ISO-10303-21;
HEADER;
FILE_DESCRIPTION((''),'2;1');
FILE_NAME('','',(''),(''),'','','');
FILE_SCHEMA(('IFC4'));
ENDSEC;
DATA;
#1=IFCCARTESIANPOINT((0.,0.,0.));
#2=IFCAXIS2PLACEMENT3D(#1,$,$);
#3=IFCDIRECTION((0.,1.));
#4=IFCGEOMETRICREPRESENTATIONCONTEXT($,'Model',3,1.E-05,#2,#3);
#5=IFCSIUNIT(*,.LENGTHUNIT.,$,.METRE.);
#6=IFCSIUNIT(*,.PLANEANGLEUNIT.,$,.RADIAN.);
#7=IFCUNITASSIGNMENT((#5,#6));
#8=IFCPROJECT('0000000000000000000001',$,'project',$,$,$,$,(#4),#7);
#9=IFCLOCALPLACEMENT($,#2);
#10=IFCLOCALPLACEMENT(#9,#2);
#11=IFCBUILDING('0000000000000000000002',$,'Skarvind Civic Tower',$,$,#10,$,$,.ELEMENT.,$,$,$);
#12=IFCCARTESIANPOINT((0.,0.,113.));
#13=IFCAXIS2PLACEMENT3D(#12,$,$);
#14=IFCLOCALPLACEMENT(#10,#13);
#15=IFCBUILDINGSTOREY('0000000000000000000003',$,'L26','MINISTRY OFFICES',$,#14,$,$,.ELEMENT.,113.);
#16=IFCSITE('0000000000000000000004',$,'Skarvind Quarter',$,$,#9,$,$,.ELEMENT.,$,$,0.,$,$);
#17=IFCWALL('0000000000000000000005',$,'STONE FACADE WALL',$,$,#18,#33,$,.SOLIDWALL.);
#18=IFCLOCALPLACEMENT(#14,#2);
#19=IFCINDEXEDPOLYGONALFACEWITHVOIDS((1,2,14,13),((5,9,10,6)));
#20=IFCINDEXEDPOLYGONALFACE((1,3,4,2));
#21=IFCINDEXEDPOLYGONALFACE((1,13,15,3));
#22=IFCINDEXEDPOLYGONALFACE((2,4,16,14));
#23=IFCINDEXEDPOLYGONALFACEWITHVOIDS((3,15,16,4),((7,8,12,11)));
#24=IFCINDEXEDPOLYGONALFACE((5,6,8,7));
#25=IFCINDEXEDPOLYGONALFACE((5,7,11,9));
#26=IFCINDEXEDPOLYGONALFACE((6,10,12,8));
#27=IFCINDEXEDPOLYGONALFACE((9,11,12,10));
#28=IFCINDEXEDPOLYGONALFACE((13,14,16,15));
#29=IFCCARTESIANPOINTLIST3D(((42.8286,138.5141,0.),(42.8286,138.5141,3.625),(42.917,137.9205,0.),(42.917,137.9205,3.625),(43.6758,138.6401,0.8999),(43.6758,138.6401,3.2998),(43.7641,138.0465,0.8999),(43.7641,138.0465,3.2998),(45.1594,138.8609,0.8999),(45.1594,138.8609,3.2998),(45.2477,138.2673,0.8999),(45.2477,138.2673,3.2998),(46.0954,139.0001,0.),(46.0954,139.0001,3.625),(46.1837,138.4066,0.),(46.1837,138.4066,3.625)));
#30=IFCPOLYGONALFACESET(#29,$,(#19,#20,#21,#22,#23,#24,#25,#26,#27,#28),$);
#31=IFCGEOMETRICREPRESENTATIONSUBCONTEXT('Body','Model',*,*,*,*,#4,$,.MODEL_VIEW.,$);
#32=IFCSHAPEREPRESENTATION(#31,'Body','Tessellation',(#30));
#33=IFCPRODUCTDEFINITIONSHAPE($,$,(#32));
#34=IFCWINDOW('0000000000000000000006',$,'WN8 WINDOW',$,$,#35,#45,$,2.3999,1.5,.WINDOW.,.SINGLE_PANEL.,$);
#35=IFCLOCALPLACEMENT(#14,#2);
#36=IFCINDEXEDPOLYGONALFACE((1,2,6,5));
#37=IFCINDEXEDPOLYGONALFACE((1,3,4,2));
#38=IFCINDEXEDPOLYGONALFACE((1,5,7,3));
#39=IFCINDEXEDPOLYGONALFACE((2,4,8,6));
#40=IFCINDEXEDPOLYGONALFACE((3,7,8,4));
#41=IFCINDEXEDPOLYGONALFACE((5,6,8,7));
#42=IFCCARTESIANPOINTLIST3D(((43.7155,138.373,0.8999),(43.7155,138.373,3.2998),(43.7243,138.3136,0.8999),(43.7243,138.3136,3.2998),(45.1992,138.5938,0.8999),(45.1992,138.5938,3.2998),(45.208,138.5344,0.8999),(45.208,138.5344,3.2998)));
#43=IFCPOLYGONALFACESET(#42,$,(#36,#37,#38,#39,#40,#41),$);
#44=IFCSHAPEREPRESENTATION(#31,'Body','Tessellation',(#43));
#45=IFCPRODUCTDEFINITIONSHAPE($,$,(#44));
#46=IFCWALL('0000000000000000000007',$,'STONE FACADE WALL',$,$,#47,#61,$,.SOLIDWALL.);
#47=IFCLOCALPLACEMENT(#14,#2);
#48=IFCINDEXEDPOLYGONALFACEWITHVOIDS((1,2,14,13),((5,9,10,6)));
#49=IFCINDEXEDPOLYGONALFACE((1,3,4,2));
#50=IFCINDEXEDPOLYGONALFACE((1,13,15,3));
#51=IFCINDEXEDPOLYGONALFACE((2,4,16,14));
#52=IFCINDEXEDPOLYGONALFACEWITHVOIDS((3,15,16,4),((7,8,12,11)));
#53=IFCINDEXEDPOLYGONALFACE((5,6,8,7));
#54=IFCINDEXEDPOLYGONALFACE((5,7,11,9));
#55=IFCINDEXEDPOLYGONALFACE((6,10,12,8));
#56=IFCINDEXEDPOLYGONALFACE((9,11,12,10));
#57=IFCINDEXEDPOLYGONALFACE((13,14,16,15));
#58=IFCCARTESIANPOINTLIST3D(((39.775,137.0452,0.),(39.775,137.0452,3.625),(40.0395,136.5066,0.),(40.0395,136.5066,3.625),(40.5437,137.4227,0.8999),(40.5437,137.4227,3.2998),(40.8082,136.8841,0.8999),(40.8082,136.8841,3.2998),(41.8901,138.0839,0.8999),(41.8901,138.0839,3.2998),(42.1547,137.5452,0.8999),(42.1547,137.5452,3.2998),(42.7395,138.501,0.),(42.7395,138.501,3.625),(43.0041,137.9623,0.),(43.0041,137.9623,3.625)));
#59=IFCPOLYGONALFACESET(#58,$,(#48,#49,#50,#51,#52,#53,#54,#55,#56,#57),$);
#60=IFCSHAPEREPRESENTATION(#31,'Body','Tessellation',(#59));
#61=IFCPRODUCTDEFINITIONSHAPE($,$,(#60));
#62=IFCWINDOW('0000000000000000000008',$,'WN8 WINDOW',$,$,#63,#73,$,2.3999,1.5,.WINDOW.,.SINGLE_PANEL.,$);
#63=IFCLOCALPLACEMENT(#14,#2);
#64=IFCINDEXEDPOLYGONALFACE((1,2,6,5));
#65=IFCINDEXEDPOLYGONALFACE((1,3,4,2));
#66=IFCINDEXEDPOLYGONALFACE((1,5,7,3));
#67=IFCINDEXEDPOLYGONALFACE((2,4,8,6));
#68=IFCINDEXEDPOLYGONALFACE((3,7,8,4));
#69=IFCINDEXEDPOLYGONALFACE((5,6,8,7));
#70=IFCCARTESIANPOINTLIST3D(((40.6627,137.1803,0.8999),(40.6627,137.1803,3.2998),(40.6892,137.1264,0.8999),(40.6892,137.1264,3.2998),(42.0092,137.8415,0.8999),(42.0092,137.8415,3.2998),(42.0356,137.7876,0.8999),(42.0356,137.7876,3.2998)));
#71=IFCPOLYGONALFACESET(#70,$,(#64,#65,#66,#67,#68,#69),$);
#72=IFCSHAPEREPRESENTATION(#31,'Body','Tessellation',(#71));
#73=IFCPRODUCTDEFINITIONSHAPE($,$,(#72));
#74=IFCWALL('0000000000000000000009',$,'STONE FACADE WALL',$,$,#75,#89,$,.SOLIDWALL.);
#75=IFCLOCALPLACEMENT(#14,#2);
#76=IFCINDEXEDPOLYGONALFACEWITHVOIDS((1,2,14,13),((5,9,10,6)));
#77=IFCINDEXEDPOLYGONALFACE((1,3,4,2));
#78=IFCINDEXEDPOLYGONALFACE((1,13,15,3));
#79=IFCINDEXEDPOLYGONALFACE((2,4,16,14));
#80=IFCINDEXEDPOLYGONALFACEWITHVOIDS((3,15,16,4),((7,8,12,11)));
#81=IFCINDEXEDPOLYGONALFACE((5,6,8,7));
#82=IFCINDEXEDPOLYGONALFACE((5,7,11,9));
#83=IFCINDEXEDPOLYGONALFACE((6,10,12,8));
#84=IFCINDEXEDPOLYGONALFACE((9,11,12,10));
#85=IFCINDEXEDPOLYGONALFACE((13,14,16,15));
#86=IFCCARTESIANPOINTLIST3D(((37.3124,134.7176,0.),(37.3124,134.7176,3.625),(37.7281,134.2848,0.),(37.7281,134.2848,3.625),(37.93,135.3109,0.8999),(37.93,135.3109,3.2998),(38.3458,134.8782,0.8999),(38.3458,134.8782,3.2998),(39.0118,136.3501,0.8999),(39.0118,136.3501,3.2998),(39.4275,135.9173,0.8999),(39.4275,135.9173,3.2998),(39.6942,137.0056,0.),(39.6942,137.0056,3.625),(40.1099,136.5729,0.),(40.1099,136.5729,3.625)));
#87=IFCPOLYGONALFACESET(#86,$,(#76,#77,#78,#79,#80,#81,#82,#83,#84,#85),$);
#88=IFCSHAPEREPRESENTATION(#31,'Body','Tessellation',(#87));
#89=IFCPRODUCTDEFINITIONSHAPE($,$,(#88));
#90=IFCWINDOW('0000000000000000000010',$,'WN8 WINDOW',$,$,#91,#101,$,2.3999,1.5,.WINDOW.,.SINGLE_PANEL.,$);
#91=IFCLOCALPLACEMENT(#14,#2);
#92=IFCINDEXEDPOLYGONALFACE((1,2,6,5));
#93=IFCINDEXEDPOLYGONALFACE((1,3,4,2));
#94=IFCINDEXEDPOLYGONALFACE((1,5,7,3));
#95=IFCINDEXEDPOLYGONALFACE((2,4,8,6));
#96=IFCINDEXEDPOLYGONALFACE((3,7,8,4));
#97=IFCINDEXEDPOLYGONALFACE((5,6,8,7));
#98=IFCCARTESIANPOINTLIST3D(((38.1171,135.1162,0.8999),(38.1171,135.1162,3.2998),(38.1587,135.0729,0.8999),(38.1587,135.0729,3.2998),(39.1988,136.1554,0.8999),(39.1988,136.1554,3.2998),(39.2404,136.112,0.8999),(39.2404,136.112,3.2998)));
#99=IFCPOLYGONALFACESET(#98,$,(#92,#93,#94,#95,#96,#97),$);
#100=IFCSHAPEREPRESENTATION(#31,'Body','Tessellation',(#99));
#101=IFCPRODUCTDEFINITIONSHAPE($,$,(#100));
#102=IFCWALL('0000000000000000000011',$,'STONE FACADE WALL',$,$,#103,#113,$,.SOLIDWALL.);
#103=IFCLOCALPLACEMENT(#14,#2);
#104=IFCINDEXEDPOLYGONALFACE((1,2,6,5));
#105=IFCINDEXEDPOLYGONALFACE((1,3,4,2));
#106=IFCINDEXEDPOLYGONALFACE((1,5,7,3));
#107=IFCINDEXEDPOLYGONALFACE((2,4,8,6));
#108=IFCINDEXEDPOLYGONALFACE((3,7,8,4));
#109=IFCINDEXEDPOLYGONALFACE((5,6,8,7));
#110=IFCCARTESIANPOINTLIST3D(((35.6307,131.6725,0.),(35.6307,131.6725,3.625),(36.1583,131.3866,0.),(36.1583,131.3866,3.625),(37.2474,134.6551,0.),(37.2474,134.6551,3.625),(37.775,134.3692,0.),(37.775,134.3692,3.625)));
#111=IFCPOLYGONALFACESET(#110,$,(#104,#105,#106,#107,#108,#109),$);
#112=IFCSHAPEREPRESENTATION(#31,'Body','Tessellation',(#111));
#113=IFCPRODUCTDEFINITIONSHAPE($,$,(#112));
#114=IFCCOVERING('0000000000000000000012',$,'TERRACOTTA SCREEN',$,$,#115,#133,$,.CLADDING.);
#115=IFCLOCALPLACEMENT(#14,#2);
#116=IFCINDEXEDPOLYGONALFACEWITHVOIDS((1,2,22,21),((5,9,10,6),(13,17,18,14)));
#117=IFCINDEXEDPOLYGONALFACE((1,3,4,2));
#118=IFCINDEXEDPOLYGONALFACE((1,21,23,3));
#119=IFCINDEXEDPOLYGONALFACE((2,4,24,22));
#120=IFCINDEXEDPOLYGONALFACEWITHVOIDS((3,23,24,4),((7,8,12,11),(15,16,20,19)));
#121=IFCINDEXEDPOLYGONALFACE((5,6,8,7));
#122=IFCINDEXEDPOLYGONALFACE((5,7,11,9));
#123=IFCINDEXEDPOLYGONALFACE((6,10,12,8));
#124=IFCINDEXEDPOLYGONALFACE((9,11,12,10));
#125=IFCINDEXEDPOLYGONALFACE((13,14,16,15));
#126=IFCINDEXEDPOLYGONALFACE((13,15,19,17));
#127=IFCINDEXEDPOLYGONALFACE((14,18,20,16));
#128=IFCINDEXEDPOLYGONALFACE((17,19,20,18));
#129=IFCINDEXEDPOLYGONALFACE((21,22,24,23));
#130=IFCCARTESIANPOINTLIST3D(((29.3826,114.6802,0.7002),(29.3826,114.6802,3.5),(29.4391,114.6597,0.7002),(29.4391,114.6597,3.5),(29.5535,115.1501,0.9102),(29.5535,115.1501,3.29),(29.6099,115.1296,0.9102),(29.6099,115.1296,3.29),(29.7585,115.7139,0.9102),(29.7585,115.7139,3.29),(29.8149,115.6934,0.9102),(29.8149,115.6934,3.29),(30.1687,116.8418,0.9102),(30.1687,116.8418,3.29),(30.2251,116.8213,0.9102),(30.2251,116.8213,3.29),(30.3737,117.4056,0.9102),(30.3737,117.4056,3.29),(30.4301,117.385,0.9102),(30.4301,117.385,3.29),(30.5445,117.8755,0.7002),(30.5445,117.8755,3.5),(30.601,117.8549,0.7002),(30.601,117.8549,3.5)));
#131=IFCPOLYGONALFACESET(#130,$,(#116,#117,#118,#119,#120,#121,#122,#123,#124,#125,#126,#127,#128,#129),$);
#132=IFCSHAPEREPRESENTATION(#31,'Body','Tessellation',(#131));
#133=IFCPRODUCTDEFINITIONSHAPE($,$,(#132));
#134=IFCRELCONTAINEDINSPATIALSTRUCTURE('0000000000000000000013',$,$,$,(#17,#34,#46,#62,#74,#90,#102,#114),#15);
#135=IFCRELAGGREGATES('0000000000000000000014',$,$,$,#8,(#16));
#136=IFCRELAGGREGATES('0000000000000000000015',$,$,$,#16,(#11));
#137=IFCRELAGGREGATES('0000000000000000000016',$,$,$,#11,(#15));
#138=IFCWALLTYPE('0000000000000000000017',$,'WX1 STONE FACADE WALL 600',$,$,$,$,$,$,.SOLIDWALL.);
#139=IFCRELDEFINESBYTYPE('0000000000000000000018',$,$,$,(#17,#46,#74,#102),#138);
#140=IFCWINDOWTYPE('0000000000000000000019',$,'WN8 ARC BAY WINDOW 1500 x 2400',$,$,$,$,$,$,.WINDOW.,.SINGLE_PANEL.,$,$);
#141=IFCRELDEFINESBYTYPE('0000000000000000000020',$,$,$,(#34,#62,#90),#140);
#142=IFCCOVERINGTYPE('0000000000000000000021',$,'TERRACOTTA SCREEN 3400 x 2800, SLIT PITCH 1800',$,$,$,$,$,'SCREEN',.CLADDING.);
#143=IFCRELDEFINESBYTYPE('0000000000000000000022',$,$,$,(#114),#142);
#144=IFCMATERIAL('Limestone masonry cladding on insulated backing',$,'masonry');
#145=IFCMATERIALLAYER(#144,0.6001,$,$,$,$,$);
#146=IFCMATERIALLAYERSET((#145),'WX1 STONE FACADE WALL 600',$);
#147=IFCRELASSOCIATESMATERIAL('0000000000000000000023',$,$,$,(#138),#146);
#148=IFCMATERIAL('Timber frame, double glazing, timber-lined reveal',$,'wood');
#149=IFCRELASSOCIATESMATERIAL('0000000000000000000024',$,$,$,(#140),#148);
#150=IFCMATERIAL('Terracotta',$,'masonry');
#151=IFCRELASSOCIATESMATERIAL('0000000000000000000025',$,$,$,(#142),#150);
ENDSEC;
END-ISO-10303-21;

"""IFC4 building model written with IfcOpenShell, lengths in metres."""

from ifc_helpers import new_model, si_unit, direction, frame, frame_2d, origin, place, context, subcontext, project, spatial, polyline, rectangle, outline, extrude, material, layer, layer_set, material_profile, profile_set, type_object, element, fill, save


model = new_model("IFC4")

# Units and contexts
model_context = context("Model", 3, precision=1e-05, world=origin(), true_north=direction((0.0, 1.0)))
body_context = subcontext(model_context, "Body", "Model", "MODEL_VIEW")
ifc_project = project(units=[si_unit("LENGTHUNIT", "METRE"), si_unit("PLANEANGLEUNIT", "RADIAN")], contexts=[model_context])

# Site, building, storey
site_placement = place(None, origin())
site = spatial("IfcSite", under=ifc_project, at=site_placement, Name="Skarvind Quarter", CompositionType="ELEMENT", RefElevation=0.0)
building_placement = place(site_placement, origin())
building = spatial("IfcBuilding", under=site, at=building_placement, Name="Skarvind Civic Tower", CompositionType="ELEMENT")
storey_placement = place(building_placement, frame((0.0, 0.0, 113.0)))
storey = spatial("IfcBuildingStorey", under=building, at=storey_placement, Name="L26", Description="MINISTRY OFFICES", CompositionType="ELEMENT", Elevation=113.0)

# Walls, openings, windows
ifc_material_1 = material(Name="Limestone masonry cladding on insulated backing", Category="masonry")
ifc_layer_1 = layer(ifc_material_1, 0.6001)
ifc_layer_set_1 = layer_set([ifc_layer_1], Name="WX1 STONE FACADE WALL 600")
wall_type_1 = type_object("IfcWallType", Name="WX1 STONE FACADE WALL 600", PredefinedType="SOLIDWALL", material=ifc_layer_set_1)
wall_1_placement = place(storey_placement, frame((42.8728, 138.2173, 0.0), z_axis=(0.0, 0.0, 1.0), x_axis=(0.989111, 0.147173, 0.0)))
wall_1 = element("IfcWall", 1, at=wall_1_placement, inside=storey, type_object=wall_type_1, Name="STONE FACADE WALL", PredefinedType="SOLIDWALL", context=body_context, shape_type="SweptSolid", body=[
    extrude(rectangle(XDim=3.3027, YDim=0.6001, at=frame_2d((1.6514, 0.0))), origin(), (0.0, 0.0, 1.0), 3.625),
])
opening_1_placement = place(wall_1_placement, frame((0.8564, 0.0, 0.8999)))
opening_1 = element("IfcOpeningElement", 2, at=opening_1_placement, cuts=wall_1, PredefinedType="OPENING", context=body_context, shape_type="SweptSolid", body=[
    extrude(rectangle(XDim=1.5, YDim=2.3999, at=frame_2d((0.75, 1.2))), frame((0.0, 0.3101, 0.0), z_axis=(0.0, -1.0, 0.0), x_axis=(1.0, 0.0, 0.0)), (0.0, 0.0, 1.0), 0.6201),
])
ifc_material_2 = material(Name="Timber frame, double glazing, timber-lined reveal", Category="wood")
window_type = type_object("IfcWindowType", Name="WN8 ARC BAY WINDOW 1500 x 2400", PartitioningType="SINGLE_PANEL", PredefinedType="WINDOW", material=ifc_material_2)
window_1_placement = place(opening_1_placement, origin())
window_1 = element("IfcWindow", 3, at=window_1_placement, inside=storey, type_object=window_type, Name="WN8 WINDOW", OverallHeight=2.3999, OverallWidth=1.5, PartitioningType="SINGLE_PANEL", PredefinedType="WINDOW", context=body_context, shape_type="SweptSolid", body=[
    extrude(rectangle(XDim=1.5, YDim=2.3999, at=frame_2d((0.75, 1.2))), frame((0.0, 0.03, 0.0), z_axis=(0.0, -1.0, 0.0), x_axis=(1.0, 0.0, 0.0)), (0.0, 0.0, 1.0), 0.0601),
])
fill(opening_1, window_1)
wall_2_placement = place(storey_placement, frame((39.9072, 136.7759, 0.0), z_axis=(0.0, 0.0, 1.0), x_axis=(0.897612, 0.440786, 0.0)))
wall_2 = element("IfcWall", 4, at=wall_2_placement, inside=storey, type_object=wall_type_1, Name="STONE FACADE WALL", PredefinedType="SOLIDWALL", context=body_context, shape_type="SweptSolid", body=[
    extrude(rectangle(XDim=3.3027, YDim=0.6001, at=frame_2d((1.6514, 0.0))), origin(), (0.0, 0.0, 1.0), 3.625),
])
opening_2_placement = place(wall_2_placement, frame((0.8564, 0.0, 0.8999)))
opening_2 = element("IfcOpeningElement", 5, at=opening_2_placement, cuts=wall_2, PredefinedType="OPENING", context=body_context, shape_type="SweptSolid", body=[
    extrude(rectangle(XDim=1.5, YDim=2.3999, at=frame_2d((0.75, 1.2))), frame((0.0, 0.3101, 0.0), z_axis=(0.0, -1.0, 0.0), x_axis=(1.0, 0.0, 0.0)), (0.0, 0.0, 1.0), 0.6201),
])
window_2_placement = place(opening_2_placement, origin())
window_2 = element("IfcWindow", 6, at=window_2_placement, inside=storey, type_object=window_type, Name="WN8 WINDOW", OverallHeight=2.3999, OverallWidth=1.5, PartitioningType="SINGLE_PANEL", PredefinedType="WINDOW", context=body_context, shape_type="SweptSolid", body=[
    extrude(rectangle(XDim=1.5, YDim=2.3999, at=frame_2d((0.75, 1.2))), frame((0.0, 0.03, 0.0), z_axis=(0.0, -1.0, 0.0), x_axis=(1.0, 0.0, 0.0)), (0.0, 0.0, 1.0), 0.0601),
])
fill(opening_2, window_2)
wall_3_placement = place(storey_placement, frame((37.5203, 134.5012, 0.0), z_axis=(0.0, 0.0, 1.0), x_axis=(0.721157, 0.692772, 0.0)))
wall_3 = element("IfcWall", 7, at=wall_3_placement, inside=storey, type_object=wall_type_1, Name="STONE FACADE WALL", PredefinedType="SOLIDWALL", context=body_context, shape_type="SweptSolid", body=[
    extrude(rectangle(XDim=3.3027, YDim=0.6001, at=frame_2d((1.6514, 0.0))), origin(), (0.0, 0.0, 1.0), 3.625),
])
opening_3_placement = place(wall_3_placement, frame((0.8564, 0.0, 0.8999)))
opening_3 = element("IfcOpeningElement", 8, at=opening_3_placement, cuts=wall_3, PredefinedType="OPENING", context=body_context, shape_type="SweptSolid", body=[
    extrude(rectangle(XDim=1.5, YDim=2.3999, at=frame_2d((0.75, 1.2))), frame((0.0, 0.3101, 0.0), z_axis=(0.0, -1.0, 0.0), x_axis=(1.0, 0.0, 0.0)), (0.0, 0.0, 1.0), 0.6201),
])
window_3_placement = place(opening_3_placement, origin())
window_3 = element("IfcWindow", 9, at=window_3_placement, inside=storey, type_object=window_type, Name="WN8 WINDOW", OverallHeight=2.3999, OverallWidth=1.5, PartitioningType="SINGLE_PANEL", PredefinedType="WINDOW", context=body_context, shape_type="SweptSolid", body=[
    extrude(rectangle(XDim=1.5, YDim=2.3999, at=frame_2d((0.75, 1.2))), frame((0.0, 0.03, 0.0), z_axis=(0.0, -1.0, 0.0), x_axis=(1.0, 0.0, 0.0)), (0.0, 0.0, 1.0), 0.0601),
])
fill(opening_3, window_3)

# Wall
wall_4_placement = place(storey_placement, frame((35.8945, 131.5295, 0.0), z_axis=(0.0, 0.0, 1.0), x_axis=(0.476531, 0.879158, 0.0)))
element("IfcWall", 10, at=wall_4_placement, inside=storey, type_object=wall_type_1, Name="STONE FACADE WALL", PredefinedType="SOLIDWALL", context=body_context, shape_type="SweptSolid", body=[
    extrude(rectangle(XDim=3.3926, YDim=0.6001, at=frame_2d((1.6963, 0.0))), origin(), (0.0, 0.0, 1.0), 3.625),
])

# Covering
ifc_material_3 = material(Name="Terracotta", Category="masonry")
ifc_material_profile_1 = material_profile(ifc_material_3, outline(polyline([(-1.7, -1.3999), (1.7, -1.3999), (1.7, 1.3999), (-1.7, 1.3999), (-1.7, -1.3999)]), holes=[polyline([(-1.2, -1.1899), (-0.6001, -1.1899), (-0.6001, 1.1899), (-1.2, 1.1899), (-1.2, -1.1899)]), polyline([(0.6001, -1.1899), (1.2, -1.1899), (1.2, 1.1899), (0.6001, 1.1899), (0.6001, -1.1899)])]), Name="TERRACOTTA SCREEN 3400 x 2800, SLIT PITCH 1800")
ifc_profile_set_1 = profile_set([ifc_material_profile_1], Name="Terracotta")
covering_type = type_object("IfcCoveringType", Name="TERRACOTTA SCREEN 3400 x 2800, SLIT PITCH 1800", ElementType="SCREEN", PredefinedType="CLADDING", material=ifc_profile_set_1)
covering_placement = place(storey_placement, frame((30.02, 116.2573, 2.1001), z_axis=(-0.939793, 0.341743, 0.0), x_axis=(-0.341743, -0.939793, 0.0)))
element("IfcCovering", 11, at=covering_placement, inside=storey, type_object=covering_type, Name="TERRACOTTA SCREEN", PredefinedType="CLADDING", context=body_context, shape_type="SweptSolid", body=[
    extrude(outline(polyline([(-1.7, -1.3999), (1.7, -1.3999), (1.7, 1.3999), (-1.7, 1.3999), (-1.7, -1.3999)]), holes=[polyline([(-1.2, -1.1899), (-0.6001, -1.1899), (-0.6001, 1.1899), (-1.2, 1.1899), (-1.2, -1.1899)]), polyline([(0.6001, -1.1899), (1.2, -1.1899), (1.2, 1.1899), (0.6001, 1.1899), (0.6001, -1.1899)])]), origin(), (0.0, 0.0, 1.0), 0.0601),
])

save(model, "model.ifc")
